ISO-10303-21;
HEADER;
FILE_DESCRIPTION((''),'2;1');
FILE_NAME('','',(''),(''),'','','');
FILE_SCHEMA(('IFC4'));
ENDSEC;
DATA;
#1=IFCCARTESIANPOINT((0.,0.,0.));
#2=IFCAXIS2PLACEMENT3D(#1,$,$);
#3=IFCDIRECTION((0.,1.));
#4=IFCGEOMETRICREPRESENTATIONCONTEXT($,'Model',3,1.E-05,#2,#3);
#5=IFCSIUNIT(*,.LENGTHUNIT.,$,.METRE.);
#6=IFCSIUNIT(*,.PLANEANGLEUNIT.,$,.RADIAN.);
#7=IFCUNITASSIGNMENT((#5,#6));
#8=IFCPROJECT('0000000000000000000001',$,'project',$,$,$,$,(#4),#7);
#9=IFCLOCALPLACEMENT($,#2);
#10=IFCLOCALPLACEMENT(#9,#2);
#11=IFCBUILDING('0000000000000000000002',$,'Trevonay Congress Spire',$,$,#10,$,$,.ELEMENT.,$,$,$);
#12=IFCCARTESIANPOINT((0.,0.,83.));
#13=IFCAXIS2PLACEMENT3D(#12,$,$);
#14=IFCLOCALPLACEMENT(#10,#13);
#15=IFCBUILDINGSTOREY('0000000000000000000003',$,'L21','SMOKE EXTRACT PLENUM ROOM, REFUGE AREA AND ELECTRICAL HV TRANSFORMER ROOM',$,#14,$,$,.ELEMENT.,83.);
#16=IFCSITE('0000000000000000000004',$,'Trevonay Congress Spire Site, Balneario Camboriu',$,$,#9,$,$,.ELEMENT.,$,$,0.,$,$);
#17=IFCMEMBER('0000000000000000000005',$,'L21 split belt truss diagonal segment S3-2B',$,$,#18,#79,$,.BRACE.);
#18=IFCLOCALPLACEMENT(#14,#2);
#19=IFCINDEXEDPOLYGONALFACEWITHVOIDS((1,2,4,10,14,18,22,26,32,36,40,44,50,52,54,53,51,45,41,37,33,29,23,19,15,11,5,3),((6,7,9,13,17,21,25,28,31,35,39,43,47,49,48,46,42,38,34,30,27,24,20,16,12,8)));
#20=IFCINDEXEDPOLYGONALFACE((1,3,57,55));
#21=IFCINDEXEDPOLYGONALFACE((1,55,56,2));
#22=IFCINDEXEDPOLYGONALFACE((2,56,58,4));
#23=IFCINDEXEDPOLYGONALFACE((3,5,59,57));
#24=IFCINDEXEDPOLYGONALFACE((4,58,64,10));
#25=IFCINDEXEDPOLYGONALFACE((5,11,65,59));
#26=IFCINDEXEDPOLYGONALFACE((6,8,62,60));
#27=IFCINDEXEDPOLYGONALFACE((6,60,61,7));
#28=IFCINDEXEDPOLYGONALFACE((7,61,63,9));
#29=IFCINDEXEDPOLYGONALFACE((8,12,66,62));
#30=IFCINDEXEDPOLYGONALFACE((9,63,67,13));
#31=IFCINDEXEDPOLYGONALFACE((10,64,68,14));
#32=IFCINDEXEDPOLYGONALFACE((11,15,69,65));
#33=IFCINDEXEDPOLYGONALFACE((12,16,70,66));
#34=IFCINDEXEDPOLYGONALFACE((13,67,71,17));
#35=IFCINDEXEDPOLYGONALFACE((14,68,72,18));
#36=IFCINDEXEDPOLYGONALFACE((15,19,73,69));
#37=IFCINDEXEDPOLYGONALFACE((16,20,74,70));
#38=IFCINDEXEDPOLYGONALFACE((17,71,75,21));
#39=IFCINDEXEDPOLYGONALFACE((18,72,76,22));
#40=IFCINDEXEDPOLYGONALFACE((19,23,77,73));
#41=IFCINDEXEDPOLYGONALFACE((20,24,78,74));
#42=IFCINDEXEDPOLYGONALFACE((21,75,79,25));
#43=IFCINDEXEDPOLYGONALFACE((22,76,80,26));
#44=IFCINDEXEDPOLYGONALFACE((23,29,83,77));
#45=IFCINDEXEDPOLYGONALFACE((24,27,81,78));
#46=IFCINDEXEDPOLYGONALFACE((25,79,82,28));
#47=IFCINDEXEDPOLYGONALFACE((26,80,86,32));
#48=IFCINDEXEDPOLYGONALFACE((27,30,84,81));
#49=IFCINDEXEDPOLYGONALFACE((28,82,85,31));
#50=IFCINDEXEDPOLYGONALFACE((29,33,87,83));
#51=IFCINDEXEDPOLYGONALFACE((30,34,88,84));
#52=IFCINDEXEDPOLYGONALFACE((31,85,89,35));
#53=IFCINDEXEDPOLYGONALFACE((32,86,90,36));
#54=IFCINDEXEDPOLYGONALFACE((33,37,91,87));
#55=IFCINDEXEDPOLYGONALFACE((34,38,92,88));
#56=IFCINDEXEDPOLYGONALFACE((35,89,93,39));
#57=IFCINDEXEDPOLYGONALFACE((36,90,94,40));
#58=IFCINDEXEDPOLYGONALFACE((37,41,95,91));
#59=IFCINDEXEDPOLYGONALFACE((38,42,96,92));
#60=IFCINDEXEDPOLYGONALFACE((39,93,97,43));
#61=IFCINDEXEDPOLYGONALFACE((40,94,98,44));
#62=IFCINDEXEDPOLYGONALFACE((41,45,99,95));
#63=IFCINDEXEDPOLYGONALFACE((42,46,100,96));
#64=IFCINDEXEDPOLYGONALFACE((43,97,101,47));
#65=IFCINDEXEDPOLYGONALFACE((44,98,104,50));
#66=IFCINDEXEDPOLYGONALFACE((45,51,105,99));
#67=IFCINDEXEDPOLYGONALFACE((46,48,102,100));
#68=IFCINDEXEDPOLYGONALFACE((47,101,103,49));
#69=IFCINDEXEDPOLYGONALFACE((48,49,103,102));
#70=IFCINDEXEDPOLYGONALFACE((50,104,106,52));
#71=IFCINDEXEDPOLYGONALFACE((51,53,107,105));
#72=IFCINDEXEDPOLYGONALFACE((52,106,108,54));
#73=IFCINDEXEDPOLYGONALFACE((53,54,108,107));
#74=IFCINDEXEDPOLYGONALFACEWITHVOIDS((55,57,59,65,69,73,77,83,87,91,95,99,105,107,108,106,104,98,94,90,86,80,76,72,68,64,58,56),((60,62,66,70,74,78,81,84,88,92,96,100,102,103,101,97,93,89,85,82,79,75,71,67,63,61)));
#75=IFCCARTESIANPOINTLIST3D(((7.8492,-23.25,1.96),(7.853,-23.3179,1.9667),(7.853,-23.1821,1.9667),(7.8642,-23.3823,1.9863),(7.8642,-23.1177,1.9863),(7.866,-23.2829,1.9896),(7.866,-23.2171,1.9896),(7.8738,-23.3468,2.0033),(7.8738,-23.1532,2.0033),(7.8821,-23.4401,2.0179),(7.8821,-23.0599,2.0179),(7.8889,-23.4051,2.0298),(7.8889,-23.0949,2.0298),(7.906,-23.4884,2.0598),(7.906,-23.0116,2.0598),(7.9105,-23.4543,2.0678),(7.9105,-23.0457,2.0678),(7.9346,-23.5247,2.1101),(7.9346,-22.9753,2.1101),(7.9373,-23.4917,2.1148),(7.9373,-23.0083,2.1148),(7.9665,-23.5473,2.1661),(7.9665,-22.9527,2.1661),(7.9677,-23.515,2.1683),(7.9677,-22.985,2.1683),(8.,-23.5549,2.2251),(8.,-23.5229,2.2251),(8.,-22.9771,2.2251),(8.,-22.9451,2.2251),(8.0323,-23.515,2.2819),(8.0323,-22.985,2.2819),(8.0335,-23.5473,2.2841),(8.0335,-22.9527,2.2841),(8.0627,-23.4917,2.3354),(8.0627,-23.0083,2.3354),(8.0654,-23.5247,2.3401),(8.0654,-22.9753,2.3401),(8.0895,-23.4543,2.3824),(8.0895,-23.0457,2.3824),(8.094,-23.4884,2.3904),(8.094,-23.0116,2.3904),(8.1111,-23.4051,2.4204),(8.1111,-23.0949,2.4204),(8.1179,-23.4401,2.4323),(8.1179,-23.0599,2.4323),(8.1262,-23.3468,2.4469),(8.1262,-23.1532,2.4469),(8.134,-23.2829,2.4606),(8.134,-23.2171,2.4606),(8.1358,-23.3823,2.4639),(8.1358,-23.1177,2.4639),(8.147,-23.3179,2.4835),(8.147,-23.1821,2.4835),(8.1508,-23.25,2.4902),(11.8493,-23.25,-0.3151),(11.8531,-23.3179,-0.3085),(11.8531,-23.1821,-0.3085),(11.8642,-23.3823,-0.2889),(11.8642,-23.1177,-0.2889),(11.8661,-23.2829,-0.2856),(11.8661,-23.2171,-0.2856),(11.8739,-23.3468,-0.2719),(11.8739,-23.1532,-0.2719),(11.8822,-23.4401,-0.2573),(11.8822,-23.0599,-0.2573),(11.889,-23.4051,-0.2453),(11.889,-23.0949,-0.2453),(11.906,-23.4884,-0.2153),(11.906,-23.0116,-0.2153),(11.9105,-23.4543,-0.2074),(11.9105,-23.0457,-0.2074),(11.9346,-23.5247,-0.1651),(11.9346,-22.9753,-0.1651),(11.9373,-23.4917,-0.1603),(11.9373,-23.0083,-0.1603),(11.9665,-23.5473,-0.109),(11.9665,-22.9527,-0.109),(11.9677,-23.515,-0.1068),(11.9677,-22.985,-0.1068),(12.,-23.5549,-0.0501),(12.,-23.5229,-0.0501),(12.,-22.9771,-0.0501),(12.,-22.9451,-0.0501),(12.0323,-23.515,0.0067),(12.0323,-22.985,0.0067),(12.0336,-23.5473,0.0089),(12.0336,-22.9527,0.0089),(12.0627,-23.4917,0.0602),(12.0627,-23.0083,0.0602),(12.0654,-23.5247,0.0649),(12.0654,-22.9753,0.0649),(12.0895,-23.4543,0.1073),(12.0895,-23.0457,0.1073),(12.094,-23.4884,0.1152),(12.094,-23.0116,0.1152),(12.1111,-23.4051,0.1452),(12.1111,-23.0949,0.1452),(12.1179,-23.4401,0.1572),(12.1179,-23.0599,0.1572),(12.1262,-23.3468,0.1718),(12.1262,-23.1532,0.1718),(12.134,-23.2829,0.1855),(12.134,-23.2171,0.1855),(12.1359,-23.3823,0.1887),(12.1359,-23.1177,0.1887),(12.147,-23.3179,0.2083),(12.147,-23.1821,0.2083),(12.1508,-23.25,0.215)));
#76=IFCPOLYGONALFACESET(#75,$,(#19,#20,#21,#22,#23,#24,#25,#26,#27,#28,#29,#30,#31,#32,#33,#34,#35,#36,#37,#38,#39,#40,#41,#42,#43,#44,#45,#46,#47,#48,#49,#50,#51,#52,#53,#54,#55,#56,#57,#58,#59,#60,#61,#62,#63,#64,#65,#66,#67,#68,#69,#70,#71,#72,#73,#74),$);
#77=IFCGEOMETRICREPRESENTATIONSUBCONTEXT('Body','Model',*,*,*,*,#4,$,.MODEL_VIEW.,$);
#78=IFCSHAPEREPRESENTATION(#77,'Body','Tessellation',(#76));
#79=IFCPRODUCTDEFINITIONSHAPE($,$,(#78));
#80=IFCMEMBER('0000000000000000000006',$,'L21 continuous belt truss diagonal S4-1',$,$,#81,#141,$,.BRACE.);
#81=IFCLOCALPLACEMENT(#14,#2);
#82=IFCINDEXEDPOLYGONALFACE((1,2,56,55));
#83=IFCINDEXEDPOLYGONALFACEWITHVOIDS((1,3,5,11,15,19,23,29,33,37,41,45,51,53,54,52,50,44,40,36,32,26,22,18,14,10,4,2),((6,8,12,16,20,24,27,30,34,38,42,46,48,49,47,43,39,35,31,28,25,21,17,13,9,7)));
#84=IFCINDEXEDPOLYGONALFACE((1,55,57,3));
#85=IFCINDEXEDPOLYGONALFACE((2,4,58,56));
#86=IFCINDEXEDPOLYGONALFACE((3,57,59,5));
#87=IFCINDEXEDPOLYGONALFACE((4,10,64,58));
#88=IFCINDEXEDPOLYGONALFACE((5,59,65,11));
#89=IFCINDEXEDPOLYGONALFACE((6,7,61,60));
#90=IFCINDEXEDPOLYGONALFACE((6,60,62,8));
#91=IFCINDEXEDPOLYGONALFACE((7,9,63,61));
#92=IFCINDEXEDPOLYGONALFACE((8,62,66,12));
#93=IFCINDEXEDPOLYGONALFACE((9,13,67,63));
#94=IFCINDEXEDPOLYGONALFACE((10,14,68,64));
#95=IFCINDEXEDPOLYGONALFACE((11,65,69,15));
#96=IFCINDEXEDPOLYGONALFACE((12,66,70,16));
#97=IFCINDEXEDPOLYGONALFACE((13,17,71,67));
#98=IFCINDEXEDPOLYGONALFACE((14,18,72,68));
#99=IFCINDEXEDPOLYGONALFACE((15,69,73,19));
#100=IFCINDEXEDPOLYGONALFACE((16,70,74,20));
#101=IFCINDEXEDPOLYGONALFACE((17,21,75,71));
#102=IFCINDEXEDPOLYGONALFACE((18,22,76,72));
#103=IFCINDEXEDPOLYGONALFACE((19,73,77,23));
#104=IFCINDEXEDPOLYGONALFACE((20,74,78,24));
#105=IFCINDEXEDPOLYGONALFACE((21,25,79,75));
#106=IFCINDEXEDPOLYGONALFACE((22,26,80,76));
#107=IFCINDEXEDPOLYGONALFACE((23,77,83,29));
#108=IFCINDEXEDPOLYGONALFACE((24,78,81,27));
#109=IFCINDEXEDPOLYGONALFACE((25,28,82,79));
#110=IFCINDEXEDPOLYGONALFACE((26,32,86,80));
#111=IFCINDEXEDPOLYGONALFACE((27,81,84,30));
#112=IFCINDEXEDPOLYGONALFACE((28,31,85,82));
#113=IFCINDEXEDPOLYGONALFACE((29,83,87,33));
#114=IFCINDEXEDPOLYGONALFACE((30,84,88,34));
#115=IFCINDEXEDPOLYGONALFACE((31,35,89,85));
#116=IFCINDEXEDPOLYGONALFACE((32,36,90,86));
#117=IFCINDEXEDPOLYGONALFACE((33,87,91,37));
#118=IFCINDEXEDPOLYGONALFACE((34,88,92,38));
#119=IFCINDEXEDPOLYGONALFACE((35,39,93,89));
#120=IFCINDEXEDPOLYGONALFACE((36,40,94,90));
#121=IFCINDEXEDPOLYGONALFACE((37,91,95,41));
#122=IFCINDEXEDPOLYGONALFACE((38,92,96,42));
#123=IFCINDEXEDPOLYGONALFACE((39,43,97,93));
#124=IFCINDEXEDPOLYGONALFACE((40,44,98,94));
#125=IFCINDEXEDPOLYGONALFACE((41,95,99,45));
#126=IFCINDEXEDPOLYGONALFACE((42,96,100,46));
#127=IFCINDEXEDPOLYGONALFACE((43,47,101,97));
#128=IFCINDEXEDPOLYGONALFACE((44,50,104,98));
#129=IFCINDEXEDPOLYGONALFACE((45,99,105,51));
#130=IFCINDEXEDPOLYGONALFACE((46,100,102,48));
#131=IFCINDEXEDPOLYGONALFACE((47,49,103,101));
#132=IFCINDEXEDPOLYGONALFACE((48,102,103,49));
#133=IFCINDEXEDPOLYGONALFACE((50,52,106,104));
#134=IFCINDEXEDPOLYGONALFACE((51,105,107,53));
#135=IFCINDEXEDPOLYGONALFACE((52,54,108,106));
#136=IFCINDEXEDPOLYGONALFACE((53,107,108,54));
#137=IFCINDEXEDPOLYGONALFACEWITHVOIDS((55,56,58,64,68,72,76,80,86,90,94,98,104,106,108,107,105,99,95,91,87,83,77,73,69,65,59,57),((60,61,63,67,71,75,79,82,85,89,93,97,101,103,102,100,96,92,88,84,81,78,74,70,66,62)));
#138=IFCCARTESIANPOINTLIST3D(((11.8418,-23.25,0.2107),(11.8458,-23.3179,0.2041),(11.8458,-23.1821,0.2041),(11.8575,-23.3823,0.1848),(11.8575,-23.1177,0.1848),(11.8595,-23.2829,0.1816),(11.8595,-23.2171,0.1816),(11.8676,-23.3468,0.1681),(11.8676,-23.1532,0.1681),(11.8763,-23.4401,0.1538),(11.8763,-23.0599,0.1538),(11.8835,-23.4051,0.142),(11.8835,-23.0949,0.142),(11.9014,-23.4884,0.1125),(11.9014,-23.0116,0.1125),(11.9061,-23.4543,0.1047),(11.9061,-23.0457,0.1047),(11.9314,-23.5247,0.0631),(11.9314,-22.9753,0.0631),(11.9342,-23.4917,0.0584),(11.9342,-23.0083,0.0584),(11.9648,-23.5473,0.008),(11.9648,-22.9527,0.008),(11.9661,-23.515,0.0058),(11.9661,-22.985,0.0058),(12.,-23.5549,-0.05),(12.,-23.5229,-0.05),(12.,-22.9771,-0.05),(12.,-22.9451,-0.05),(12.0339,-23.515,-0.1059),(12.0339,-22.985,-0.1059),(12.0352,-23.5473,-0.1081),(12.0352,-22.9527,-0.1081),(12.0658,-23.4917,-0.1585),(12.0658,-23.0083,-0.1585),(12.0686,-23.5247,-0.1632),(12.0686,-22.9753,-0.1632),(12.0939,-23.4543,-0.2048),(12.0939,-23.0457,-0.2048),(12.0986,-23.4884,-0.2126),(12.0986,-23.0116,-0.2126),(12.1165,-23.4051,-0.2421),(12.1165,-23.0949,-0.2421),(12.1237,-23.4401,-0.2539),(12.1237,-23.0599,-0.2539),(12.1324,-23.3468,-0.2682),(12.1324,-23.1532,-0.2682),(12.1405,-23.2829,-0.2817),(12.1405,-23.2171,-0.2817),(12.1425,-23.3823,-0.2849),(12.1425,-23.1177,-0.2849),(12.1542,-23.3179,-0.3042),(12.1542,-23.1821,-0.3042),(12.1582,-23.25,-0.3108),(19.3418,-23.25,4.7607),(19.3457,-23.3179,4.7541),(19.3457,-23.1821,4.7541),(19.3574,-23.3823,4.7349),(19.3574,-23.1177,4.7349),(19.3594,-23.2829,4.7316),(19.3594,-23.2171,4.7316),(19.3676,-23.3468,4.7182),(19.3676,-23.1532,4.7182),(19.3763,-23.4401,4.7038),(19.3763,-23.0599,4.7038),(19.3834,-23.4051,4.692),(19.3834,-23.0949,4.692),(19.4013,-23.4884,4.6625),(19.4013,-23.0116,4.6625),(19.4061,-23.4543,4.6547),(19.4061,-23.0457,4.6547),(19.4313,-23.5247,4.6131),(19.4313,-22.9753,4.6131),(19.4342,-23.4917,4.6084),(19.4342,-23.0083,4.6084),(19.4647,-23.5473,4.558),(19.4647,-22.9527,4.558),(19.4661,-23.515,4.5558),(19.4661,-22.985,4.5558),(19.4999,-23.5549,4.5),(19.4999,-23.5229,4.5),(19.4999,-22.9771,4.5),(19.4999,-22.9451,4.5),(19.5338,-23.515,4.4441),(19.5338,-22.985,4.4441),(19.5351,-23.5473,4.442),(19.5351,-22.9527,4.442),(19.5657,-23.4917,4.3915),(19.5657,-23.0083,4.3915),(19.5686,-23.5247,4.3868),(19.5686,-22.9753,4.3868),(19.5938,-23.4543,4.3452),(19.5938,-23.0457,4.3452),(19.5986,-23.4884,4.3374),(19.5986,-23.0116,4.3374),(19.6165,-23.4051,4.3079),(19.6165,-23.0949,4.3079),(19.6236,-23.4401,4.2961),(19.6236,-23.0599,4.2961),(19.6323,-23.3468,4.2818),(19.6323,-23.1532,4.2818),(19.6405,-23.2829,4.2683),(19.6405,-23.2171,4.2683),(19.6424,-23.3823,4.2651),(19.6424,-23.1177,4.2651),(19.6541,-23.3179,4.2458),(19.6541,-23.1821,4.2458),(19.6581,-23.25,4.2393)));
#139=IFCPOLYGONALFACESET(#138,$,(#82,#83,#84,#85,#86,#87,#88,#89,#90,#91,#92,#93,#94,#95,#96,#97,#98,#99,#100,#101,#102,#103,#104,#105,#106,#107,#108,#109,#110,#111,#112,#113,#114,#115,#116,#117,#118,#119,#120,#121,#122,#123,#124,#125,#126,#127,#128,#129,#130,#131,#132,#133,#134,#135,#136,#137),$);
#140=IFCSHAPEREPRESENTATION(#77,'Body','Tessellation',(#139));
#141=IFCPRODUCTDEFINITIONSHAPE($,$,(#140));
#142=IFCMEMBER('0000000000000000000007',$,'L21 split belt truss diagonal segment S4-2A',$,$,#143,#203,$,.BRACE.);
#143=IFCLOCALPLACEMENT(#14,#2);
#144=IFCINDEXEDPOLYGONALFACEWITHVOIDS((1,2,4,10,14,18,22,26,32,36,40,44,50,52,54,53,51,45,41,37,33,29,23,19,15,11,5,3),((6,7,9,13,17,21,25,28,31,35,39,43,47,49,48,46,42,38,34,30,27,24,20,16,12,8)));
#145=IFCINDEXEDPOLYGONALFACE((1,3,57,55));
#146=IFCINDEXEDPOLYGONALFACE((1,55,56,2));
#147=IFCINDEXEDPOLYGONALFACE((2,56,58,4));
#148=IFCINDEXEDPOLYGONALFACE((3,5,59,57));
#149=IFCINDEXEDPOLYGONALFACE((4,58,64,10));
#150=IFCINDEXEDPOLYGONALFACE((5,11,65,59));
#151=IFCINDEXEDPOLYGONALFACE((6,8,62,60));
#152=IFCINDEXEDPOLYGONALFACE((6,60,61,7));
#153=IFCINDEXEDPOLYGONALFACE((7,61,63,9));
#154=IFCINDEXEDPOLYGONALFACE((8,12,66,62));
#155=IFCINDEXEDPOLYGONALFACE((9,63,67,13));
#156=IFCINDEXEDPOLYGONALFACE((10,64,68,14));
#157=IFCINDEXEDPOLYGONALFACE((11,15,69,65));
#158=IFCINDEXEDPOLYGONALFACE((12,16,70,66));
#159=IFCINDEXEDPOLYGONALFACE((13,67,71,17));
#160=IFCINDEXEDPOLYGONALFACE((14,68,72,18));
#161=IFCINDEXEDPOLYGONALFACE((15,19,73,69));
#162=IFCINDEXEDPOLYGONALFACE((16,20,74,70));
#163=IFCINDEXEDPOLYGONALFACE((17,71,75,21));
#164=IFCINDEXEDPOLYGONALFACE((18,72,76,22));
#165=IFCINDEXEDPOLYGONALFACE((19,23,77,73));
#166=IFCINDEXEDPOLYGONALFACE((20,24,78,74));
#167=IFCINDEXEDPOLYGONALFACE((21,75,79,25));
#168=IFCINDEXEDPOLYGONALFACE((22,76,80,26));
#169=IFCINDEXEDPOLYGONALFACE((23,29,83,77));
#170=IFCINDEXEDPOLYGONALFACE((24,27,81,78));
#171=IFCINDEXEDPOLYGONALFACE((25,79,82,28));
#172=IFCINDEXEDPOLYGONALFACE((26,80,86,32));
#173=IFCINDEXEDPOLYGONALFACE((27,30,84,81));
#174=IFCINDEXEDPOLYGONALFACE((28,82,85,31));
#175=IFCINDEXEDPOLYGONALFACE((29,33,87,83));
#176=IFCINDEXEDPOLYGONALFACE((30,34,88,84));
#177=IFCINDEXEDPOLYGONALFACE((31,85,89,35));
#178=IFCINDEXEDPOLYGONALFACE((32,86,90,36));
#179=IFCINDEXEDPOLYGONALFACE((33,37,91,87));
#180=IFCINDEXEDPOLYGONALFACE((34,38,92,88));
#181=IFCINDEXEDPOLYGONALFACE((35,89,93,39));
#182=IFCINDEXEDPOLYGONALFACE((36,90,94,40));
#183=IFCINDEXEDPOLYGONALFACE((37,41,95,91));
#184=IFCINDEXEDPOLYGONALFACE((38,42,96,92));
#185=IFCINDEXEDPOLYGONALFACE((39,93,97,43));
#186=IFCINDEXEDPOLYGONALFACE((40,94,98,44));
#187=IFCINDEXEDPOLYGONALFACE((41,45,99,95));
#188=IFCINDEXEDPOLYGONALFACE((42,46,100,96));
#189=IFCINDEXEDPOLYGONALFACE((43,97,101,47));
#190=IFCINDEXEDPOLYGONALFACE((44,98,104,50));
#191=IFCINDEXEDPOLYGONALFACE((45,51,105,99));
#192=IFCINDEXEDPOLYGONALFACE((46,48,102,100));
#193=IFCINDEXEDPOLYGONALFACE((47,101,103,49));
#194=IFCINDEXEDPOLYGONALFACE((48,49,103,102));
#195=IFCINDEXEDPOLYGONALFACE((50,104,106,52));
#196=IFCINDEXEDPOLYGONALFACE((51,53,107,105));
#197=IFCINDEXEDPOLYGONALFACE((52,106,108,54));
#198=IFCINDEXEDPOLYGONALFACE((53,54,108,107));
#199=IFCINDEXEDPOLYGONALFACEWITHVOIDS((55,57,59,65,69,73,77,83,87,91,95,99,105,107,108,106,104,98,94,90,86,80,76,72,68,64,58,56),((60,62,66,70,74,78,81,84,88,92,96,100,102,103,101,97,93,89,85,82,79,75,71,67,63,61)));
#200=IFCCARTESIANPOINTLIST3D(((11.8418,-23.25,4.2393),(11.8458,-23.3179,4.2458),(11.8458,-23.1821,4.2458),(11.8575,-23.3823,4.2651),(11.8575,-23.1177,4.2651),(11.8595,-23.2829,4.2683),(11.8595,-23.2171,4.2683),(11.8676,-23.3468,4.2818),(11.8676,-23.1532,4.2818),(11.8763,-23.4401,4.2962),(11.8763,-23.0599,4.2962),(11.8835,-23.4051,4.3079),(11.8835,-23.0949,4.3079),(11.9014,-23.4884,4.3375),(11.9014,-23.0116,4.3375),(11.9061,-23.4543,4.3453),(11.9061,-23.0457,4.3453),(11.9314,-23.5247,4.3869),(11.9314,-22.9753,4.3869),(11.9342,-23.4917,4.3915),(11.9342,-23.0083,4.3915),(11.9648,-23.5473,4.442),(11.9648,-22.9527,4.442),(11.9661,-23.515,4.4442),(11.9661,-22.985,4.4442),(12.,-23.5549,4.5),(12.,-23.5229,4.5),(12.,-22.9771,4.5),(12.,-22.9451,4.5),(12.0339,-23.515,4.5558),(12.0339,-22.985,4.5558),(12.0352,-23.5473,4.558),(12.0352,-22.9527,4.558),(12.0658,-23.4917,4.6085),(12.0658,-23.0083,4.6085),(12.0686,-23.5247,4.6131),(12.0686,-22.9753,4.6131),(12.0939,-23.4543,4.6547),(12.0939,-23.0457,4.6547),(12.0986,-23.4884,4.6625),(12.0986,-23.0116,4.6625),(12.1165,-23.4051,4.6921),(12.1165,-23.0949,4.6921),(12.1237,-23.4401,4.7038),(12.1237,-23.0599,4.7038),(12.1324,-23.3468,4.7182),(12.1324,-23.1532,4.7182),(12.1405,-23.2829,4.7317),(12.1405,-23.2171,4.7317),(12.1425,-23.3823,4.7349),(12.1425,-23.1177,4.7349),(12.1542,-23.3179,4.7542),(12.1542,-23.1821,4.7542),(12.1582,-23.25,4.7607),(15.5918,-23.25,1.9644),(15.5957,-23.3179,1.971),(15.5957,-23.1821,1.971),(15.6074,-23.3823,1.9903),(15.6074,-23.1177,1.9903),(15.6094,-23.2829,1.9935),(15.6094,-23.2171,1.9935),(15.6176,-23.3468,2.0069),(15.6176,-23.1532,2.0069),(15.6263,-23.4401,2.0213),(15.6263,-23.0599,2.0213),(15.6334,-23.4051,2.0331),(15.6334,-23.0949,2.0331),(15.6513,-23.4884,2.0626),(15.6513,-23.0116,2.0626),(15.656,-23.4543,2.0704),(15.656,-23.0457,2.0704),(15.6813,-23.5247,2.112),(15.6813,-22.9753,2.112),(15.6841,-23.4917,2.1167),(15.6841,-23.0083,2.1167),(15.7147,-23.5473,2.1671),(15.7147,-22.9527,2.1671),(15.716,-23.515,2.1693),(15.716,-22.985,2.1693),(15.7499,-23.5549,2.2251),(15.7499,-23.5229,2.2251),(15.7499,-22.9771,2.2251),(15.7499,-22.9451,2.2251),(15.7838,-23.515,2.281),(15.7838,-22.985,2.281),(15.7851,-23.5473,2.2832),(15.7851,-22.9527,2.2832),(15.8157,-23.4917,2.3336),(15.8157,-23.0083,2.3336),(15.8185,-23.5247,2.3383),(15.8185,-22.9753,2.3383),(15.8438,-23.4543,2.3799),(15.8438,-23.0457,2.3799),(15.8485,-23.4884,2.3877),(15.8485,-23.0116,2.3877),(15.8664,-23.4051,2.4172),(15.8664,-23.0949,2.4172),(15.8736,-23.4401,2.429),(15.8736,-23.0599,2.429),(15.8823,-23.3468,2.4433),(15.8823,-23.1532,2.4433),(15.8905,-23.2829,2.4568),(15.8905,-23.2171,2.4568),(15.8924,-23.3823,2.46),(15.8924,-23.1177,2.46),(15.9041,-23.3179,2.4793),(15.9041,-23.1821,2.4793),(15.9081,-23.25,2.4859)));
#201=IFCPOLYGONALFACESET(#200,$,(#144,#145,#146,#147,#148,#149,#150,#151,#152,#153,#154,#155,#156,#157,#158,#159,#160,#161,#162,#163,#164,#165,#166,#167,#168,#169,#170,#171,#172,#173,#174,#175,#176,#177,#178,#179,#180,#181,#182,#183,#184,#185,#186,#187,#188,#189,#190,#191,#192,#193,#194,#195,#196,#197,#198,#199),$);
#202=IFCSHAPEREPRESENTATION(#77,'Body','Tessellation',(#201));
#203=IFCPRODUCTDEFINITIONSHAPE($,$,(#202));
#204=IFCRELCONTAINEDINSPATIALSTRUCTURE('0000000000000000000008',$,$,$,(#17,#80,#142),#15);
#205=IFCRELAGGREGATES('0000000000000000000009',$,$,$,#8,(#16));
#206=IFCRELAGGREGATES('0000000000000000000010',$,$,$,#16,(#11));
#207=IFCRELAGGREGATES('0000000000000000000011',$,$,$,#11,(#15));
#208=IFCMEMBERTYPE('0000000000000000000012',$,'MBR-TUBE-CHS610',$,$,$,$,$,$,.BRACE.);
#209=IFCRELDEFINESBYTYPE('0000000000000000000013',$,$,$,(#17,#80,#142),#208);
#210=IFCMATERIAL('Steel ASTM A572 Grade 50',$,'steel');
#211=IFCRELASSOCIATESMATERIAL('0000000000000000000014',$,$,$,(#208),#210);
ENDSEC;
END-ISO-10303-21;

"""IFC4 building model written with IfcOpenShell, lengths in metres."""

from ifc_helpers import new_model, si_unit, direction, frame, origin, origin_2d, place, context, subcontext, project, spatial, hollow_circle, extrude, material, material_profile, profile_set, type_object, element, save


model = new_model("IFC4")

# Units and contexts
model_context = context("Model", 3, precision=1e-05, world=origin(), true_north=direction((0.0, 1.0)))
body_context = subcontext(model_context, "Body", "Model", "MODEL_VIEW")
ifc_project = project(units=[si_unit("LENGTHUNIT", "METRE"), si_unit("PLANEANGLEUNIT", "RADIAN")], contexts=[model_context])

# Site, building, storey
site_placement = place(None, origin())
site = spatial("IfcSite", under=ifc_project, at=site_placement, Name="Trevonay Congress Spire Site, Balneario Camboriu", CompositionType="ELEMENT", RefElevation=0.0)
building_placement = place(site_placement, origin())
building = spatial("IfcBuilding", under=site, at=building_placement, Name="Trevonay Congress Spire", CompositionType="ELEMENT")
storey_placement = place(building_placement, frame((0.0, 0.0, 83.0)))
storey = spatial("IfcBuildingStorey", under=building, at=storey_placement, Name="L21", Description="SMOKE EXTRACT PLENUM ROOM, REFUGE AREA AND ELECTRICAL HV TRANSFORMER ROOM", CompositionType="ELEMENT", Elevation=83.0)

# Shared definitions
ifc_material_1 = material(Name="Steel ASTM A572 Grade 50", Category="steel")

# Members
ifc_material_profile_1 = material_profile(ifc_material_1, hollow_circle(Radius=0.3049, WallThickness=0.032, at=origin_2d()), Name="CHS 610x32")
ifc_profile_set_1 = profile_set([ifc_material_profile_1], Name="Steel ASTM A572 Grade 50")
member_type = type_object("IfcMemberType", Name="MBR-TUBE-CHS610", PredefinedType="BRACE", material=ifc_profile_set_1)
member_1_placement = place(storey_placement, frame((8.0, -23.25, 2.2251), z_axis=(0.869231, 0.0, -0.494407), x_axis=(0.0, 1.0, 0.0)))
element("IfcMember", 1, at=member_1_placement, inside=storey, type_object=member_type, Name="L21 split belt truss diagonal segment S3-2B", PredefinedType="BRACE", context=body_context, shape_type="SweptSolid", body=[
    extrude(hollow_circle(Radius=0.3049, WallThickness=0.032, at=origin_2d()), origin(), (0.0, 0.0, 1.0), 4.6018),
])
member_2_placement = place(storey_placement, frame((12.0, -23.25, -0.05), z_axis=(0.854966, 0.0, 0.518685), x_axis=(0.0, 1.0, 0.0)))
element("IfcMember", 2, at=member_2_placement, inside=storey, type_object=member_type, Name="L21 continuous belt truss diagonal S4-1", PredefinedType="BRACE", context=body_context, shape_type="SweptSolid", body=[
    extrude(hollow_circle(Radius=0.3049, WallThickness=0.032, at=origin_2d()), origin(), (0.0, 0.0, 1.0), 8.7722),
])
member_3_placement = place(storey_placement, frame((12.0, -23.25, 4.5), z_axis=(0.854978, 0.0, -0.518664), x_axis=(0.0, 1.0, 0.0)))
element("IfcMember", 3, at=member_3_placement, inside=storey, type_object=member_type, Name="L21 split belt truss diagonal segment S4-2A", PredefinedType="BRACE", context=body_context, shape_type="SweptSolid", body=[
    extrude(hollow_circle(Radius=0.3049, WallThickness=0.032, at=origin_2d()), origin(), (0.0, 0.0, 1.0), 4.386),
])

save(model, "model.ifc")
